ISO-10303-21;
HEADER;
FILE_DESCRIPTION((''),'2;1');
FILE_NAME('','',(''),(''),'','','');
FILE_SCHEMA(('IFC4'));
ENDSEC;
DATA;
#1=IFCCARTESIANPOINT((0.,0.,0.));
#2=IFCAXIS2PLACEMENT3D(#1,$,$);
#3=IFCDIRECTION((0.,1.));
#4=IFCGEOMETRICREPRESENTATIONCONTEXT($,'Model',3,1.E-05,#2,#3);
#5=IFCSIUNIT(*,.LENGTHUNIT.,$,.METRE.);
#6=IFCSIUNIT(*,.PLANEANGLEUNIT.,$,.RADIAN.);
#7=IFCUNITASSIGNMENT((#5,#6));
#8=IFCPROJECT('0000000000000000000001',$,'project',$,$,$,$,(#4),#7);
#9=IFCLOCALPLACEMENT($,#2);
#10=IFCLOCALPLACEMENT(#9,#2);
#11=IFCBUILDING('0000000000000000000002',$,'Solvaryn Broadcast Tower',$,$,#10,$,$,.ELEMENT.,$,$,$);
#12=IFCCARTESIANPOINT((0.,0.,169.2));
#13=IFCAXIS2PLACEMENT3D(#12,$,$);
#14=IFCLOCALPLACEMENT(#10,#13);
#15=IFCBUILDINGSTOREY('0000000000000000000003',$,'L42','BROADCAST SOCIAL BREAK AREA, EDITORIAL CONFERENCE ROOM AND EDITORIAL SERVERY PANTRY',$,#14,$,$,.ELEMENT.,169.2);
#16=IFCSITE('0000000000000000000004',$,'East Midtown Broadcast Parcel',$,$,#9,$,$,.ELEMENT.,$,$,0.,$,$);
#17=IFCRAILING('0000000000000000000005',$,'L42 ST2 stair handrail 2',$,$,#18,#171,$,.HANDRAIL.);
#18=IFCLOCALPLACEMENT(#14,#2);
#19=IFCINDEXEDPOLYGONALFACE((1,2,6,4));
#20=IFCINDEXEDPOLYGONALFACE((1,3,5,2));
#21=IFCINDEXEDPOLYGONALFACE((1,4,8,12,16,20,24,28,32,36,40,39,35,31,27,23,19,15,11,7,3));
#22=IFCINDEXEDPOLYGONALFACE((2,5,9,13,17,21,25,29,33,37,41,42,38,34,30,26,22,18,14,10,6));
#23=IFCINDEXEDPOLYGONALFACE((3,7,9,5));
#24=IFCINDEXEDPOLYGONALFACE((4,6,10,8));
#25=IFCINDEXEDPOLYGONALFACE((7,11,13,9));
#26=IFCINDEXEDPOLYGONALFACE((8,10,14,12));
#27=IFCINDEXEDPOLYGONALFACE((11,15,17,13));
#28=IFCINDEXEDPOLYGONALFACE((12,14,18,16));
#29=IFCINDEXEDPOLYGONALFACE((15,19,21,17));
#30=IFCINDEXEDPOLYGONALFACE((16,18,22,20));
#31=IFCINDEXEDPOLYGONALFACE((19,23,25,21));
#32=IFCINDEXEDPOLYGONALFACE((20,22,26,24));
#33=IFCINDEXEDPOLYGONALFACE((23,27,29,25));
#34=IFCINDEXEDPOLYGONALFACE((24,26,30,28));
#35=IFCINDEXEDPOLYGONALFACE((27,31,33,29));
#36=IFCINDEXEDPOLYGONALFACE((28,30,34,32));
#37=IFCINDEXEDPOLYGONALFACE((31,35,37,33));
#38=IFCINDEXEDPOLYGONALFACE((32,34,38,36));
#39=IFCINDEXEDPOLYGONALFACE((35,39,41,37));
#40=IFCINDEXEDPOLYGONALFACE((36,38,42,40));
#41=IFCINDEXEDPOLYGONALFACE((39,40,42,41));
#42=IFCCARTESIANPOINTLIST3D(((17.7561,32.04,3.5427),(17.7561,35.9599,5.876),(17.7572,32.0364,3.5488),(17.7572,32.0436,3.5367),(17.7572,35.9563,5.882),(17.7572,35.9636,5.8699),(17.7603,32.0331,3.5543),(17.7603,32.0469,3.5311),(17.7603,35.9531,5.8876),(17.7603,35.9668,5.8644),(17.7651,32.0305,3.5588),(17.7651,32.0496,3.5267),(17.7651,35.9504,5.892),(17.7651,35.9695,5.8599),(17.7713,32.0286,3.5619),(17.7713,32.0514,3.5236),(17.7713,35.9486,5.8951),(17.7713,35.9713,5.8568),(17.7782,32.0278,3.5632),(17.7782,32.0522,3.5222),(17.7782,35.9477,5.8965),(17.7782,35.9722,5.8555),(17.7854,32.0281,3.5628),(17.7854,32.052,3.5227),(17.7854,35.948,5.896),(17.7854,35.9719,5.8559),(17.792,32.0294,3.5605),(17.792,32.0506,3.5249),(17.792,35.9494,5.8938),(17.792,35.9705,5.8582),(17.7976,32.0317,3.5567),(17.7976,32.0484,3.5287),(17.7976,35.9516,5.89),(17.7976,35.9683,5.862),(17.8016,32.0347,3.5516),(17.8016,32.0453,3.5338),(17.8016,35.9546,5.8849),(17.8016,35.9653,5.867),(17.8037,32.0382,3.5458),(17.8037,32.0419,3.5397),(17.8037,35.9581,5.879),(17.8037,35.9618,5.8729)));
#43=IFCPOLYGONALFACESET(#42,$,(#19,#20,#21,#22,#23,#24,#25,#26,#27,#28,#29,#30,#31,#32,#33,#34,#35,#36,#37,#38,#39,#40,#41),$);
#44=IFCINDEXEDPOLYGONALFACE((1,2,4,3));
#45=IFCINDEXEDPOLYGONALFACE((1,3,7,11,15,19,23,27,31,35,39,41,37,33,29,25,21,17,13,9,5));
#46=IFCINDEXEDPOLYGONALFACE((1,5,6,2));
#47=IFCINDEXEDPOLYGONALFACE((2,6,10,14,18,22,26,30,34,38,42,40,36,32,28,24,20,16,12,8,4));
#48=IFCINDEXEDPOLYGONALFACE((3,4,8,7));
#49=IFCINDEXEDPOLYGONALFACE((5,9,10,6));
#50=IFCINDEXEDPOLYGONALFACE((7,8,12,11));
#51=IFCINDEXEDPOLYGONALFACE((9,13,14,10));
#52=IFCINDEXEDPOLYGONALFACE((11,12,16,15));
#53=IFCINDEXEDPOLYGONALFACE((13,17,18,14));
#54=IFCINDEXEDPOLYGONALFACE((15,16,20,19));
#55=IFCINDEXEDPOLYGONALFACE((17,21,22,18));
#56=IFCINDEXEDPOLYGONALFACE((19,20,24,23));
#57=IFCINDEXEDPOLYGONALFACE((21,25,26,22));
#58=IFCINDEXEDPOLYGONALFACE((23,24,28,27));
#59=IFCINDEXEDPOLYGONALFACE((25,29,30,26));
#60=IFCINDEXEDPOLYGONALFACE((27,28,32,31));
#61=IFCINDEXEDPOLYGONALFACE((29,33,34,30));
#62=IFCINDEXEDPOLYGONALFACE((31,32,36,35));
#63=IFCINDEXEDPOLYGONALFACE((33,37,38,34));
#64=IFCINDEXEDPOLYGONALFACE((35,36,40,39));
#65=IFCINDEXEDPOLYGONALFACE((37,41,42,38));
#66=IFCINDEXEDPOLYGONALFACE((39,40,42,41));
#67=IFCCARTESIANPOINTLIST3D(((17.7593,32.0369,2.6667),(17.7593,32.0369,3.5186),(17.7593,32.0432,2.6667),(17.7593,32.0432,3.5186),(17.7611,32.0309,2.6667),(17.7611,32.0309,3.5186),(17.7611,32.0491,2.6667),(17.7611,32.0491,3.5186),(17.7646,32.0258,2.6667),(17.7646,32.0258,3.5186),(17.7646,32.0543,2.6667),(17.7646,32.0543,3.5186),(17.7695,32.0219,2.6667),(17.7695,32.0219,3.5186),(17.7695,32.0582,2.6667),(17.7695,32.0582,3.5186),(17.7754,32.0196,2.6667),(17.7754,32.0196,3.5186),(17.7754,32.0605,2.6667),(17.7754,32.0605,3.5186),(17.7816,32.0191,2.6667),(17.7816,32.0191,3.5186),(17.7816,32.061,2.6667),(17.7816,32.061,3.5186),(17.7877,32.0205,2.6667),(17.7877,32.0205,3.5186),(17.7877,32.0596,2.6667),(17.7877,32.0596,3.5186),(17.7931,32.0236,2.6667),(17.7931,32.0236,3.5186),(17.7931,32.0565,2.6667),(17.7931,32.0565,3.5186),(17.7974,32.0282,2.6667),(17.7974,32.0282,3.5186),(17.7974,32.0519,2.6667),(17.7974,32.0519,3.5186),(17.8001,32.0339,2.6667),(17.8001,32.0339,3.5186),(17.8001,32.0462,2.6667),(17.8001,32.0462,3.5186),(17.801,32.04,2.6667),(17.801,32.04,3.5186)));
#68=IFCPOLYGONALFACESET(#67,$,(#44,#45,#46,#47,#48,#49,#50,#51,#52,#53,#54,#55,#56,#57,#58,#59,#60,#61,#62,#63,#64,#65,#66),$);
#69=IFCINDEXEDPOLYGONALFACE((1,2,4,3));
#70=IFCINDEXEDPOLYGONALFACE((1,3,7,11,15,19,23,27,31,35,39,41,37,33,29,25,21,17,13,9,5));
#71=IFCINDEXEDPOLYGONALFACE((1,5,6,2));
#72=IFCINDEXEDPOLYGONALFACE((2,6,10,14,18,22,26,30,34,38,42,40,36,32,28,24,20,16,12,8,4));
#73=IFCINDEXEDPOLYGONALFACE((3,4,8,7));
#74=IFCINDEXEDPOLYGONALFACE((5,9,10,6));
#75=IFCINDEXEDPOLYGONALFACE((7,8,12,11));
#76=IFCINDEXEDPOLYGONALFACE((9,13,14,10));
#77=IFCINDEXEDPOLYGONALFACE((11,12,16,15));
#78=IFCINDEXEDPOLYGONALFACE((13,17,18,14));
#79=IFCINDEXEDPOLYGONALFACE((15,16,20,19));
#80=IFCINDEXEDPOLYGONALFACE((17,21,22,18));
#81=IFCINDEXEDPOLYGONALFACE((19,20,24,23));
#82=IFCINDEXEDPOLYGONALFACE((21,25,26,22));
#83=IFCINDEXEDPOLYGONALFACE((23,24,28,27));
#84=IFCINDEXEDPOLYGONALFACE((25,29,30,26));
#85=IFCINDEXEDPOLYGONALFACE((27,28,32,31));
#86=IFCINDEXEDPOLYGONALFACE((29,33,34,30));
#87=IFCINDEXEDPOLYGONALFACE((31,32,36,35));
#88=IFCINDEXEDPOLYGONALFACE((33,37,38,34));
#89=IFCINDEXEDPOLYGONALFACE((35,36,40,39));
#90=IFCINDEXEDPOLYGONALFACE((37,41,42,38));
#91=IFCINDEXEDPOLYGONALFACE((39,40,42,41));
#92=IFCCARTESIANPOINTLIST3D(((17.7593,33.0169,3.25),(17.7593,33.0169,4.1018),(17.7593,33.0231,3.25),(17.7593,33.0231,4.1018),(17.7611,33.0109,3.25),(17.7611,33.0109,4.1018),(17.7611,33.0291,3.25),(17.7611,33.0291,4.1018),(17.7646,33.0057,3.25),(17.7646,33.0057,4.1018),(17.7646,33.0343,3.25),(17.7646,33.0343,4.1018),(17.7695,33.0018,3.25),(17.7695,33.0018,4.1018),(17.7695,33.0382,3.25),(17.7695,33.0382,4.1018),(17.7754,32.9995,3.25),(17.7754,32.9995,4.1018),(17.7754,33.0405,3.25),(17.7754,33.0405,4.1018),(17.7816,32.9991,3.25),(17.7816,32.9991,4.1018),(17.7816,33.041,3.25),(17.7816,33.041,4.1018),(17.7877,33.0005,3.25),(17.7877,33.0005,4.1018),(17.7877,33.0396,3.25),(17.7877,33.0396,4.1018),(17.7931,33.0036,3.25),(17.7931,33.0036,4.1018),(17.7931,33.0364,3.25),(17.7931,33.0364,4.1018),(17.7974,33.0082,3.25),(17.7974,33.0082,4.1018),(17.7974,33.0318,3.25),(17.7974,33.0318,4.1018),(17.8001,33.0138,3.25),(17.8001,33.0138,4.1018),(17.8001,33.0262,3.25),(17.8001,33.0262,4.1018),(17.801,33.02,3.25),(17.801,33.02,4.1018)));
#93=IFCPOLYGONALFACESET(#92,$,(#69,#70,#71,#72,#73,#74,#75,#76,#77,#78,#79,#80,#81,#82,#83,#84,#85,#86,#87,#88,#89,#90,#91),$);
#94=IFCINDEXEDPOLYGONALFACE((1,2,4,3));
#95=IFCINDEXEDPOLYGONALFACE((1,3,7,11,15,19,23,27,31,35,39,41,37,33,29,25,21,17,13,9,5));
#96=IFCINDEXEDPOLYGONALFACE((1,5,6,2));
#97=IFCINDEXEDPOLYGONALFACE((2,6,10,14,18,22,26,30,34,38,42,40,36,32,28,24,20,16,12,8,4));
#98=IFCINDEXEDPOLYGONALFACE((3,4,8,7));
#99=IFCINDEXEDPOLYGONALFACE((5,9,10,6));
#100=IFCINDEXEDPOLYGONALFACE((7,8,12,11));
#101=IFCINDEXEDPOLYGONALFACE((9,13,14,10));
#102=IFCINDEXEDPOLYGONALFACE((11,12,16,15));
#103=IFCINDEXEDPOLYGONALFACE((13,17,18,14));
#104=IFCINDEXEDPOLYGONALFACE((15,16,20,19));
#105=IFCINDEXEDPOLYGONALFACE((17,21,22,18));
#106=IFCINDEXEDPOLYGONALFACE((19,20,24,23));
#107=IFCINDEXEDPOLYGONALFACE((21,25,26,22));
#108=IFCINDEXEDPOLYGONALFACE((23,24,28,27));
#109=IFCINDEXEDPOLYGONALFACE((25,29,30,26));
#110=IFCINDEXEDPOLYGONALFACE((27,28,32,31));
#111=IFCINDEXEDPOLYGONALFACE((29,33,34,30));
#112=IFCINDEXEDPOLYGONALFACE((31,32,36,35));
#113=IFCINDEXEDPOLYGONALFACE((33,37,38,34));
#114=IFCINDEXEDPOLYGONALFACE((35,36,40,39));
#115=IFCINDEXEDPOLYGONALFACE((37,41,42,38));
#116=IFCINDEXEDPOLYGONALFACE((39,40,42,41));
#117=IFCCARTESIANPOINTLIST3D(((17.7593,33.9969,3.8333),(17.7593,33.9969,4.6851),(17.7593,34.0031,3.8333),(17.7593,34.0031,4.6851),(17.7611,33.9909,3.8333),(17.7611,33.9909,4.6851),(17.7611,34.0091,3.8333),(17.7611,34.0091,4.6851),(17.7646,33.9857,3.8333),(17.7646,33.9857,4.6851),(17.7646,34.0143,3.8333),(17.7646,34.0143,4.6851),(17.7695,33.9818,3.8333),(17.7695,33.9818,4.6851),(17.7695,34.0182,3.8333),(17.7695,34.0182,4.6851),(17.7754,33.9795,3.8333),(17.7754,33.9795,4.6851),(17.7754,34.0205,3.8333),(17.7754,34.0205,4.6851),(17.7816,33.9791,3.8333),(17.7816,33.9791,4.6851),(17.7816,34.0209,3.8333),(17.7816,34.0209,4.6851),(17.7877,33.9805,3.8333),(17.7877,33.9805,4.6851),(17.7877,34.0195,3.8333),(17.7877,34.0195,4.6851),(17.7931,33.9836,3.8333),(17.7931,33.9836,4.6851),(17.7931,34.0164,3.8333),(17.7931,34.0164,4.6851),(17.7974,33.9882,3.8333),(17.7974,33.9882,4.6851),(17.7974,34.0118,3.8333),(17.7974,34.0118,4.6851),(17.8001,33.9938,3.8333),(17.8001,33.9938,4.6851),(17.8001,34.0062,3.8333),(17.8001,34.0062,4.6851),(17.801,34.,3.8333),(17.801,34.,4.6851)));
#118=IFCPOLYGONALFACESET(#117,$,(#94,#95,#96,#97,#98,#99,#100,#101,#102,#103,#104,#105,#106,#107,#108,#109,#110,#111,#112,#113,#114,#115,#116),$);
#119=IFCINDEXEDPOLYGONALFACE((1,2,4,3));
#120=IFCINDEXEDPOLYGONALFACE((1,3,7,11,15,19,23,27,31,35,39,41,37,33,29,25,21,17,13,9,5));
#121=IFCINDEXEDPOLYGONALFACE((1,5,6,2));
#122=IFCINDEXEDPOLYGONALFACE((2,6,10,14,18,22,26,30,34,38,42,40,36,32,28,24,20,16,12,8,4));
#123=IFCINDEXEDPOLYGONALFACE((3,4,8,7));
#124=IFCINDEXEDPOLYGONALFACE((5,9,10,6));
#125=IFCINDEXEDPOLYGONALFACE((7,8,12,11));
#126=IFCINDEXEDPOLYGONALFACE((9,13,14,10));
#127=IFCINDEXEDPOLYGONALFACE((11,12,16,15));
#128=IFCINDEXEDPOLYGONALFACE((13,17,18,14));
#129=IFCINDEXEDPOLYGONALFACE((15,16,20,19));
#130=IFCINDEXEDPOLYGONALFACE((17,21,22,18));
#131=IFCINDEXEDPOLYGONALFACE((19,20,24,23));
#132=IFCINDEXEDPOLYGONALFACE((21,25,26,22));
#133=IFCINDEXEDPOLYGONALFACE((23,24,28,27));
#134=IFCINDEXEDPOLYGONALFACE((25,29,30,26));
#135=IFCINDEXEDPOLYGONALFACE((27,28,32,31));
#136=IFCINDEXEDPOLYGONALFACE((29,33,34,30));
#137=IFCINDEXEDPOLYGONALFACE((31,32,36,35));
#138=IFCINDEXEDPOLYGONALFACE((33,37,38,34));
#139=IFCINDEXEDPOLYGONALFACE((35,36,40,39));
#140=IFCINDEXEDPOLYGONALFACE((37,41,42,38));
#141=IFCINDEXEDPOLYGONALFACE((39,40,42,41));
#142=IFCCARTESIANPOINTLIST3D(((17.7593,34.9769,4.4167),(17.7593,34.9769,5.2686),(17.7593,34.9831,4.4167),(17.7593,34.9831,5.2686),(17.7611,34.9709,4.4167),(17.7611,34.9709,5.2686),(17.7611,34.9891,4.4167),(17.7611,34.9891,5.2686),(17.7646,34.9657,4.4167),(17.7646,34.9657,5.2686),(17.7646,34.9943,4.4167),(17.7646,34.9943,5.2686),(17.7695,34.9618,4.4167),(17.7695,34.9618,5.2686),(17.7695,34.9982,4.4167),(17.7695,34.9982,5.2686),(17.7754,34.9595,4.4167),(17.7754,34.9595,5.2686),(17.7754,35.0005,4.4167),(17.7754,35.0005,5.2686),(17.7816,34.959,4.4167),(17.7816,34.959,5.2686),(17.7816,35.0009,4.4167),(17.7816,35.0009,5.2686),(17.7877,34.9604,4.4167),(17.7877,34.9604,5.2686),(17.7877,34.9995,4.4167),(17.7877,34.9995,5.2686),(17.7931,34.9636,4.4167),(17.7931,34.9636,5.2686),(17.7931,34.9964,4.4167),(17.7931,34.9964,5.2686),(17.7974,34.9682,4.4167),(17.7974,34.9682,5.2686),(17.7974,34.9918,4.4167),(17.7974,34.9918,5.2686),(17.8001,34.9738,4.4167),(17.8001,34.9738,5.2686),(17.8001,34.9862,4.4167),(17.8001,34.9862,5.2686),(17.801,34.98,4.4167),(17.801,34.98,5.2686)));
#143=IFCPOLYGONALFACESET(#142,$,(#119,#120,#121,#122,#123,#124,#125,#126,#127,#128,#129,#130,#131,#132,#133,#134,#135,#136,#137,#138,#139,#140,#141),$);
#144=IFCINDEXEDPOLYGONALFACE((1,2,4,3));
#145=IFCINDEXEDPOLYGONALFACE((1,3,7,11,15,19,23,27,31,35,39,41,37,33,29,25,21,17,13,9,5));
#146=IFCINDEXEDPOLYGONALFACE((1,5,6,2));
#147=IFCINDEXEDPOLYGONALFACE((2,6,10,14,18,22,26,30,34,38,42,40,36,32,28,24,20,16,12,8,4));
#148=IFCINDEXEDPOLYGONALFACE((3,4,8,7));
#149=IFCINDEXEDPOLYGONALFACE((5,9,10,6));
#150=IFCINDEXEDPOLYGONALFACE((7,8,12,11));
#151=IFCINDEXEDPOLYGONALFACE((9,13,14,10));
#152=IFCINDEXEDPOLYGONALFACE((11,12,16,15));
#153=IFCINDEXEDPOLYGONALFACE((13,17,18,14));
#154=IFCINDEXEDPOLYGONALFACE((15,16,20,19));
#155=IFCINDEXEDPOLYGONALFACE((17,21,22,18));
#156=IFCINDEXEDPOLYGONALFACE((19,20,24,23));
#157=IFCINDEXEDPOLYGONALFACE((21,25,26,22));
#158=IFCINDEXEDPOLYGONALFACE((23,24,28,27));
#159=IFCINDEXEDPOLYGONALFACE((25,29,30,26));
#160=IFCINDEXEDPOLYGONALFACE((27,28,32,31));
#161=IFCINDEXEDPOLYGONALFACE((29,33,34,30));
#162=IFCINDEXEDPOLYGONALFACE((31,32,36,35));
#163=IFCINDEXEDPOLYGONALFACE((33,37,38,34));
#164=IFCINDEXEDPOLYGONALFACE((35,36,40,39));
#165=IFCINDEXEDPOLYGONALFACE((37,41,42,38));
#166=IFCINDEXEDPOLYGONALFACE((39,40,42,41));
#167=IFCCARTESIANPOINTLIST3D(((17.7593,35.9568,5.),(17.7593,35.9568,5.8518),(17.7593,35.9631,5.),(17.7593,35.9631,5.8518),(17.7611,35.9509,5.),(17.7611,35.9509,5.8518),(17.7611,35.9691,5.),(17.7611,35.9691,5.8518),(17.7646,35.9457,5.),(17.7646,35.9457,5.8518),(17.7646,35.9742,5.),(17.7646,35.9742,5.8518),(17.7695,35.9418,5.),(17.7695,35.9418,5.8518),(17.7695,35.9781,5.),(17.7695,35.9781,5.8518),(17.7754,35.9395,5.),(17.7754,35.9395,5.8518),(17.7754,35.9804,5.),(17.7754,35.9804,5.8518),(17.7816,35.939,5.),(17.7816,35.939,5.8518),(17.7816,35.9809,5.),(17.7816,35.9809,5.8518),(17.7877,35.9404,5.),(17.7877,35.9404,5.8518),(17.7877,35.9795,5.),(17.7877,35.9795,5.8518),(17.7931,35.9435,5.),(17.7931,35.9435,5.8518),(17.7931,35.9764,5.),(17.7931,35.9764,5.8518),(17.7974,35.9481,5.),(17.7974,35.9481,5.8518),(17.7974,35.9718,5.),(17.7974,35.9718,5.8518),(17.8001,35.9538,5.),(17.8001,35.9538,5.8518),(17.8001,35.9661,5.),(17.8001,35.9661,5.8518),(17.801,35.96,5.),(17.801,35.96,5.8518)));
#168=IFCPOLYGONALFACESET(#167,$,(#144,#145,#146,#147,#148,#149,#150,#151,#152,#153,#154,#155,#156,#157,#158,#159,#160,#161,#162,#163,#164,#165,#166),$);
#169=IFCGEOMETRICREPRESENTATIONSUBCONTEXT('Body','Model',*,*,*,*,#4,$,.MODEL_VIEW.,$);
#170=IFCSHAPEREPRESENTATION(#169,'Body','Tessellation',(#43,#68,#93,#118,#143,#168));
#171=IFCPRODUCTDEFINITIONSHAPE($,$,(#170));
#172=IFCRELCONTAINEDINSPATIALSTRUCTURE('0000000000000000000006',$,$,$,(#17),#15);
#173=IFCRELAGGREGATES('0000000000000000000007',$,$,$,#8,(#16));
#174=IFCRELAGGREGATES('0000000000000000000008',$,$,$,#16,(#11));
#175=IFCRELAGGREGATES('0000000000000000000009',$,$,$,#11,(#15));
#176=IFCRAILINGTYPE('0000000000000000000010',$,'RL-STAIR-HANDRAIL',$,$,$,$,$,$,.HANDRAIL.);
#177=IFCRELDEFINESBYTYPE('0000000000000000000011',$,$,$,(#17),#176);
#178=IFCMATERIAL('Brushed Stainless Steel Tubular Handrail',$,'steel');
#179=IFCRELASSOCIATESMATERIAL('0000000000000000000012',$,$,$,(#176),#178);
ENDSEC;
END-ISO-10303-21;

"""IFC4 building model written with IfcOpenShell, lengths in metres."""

from ifc_helpers import new_model, si_unit, direction, frame, origin, origin_2d, place, context, subcontext, project, spatial, circle, extrude, material, type_object, element, save


model = new_model("IFC4")

# Units and contexts
model_context = context("Model", 3, precision=1e-05, world=origin(), true_north=direction((0.0, 1.0)))
body_context = subcontext(model_context, "Body", "Model", "MODEL_VIEW")
ifc_project = project(units=[si_unit("LENGTHUNIT", "METRE"), si_unit("PLANEANGLEUNIT", "RADIAN")], contexts=[model_context])

# Site, building, storey
site_placement = place(None, origin())
site = spatial("IfcSite", under=ifc_project, at=site_placement, Name="East Midtown Broadcast Parcel", CompositionType="ELEMENT", RefElevation=0.0)
building_placement = place(site_placement, origin())
building = spatial("IfcBuilding", under=site, at=building_placement, Name="Solvaryn Broadcast Tower", CompositionType="ELEMENT")
storey_placement = place(building_placement, frame((0.0, 0.0, 169.2)))
storey = spatial("IfcBuildingStorey", under=building, at=storey_placement, Name="L42", Description="BROADCAST SOCIAL BREAK AREA, EDITORIAL CONFERENCE ROOM AND EDITORIAL SERVERY PANTRY", CompositionType="ELEMENT", Elevation=169.2)

# Railing
ifc_material_1 = material(Name="Brushed Stainless Steel Tubular Handrail", Category="steel")
railing_type_1 = type_object("IfcRailingType", Name="RL-STAIR-HANDRAIL", PredefinedType="HANDRAIL", material=ifc_material_1)
railing_1_placement = place(storey_placement, frame((17.78, 32.04, 2.6667)))
element("IfcRailing", 1, at=railing_1_placement, inside=storey, type_object=railing_type_1, Name="L42 ST2 stair handrail 2", PredefinedType="HANDRAIL", context=body_context, shape_type="SweptSolid", body=[
    extrude(circle(Radius=0.0239, at=origin_2d()), frame((0.0, 0.0, 0.876), z_axis=(0.0, 0.859296, 0.511478), x_axis=(-1.0, 0.0, 0.0)), (0.0, 0.0, 1.0), 4.5618),
    extrude(circle(Radius=0.021, at=origin_2d()), origin(), (0.0, 0.0, 1.0), 0.8518),
    extrude(circle(Radius=0.021, at=origin_2d()), frame((0.0, 0.98, 0.5833)), (0.0, 0.0, 1.0), 0.8518),
    extrude(circle(Radius=0.021, at=origin_2d()), frame((0.0, 1.96, 1.1665)), (0.0, 0.0, 1.0), 0.8518),
    extrude(circle(Radius=0.021, at=origin_2d()), frame((0.0, 2.9399, 1.75)), (0.0, 0.0, 1.0), 0.8518),
    extrude(circle(Radius=0.021, at=origin_2d()), frame((0.0, 3.9199, 2.3333)), (0.0, 0.0, 1.0), 0.8518),
])

save(model, "model.ifc")
